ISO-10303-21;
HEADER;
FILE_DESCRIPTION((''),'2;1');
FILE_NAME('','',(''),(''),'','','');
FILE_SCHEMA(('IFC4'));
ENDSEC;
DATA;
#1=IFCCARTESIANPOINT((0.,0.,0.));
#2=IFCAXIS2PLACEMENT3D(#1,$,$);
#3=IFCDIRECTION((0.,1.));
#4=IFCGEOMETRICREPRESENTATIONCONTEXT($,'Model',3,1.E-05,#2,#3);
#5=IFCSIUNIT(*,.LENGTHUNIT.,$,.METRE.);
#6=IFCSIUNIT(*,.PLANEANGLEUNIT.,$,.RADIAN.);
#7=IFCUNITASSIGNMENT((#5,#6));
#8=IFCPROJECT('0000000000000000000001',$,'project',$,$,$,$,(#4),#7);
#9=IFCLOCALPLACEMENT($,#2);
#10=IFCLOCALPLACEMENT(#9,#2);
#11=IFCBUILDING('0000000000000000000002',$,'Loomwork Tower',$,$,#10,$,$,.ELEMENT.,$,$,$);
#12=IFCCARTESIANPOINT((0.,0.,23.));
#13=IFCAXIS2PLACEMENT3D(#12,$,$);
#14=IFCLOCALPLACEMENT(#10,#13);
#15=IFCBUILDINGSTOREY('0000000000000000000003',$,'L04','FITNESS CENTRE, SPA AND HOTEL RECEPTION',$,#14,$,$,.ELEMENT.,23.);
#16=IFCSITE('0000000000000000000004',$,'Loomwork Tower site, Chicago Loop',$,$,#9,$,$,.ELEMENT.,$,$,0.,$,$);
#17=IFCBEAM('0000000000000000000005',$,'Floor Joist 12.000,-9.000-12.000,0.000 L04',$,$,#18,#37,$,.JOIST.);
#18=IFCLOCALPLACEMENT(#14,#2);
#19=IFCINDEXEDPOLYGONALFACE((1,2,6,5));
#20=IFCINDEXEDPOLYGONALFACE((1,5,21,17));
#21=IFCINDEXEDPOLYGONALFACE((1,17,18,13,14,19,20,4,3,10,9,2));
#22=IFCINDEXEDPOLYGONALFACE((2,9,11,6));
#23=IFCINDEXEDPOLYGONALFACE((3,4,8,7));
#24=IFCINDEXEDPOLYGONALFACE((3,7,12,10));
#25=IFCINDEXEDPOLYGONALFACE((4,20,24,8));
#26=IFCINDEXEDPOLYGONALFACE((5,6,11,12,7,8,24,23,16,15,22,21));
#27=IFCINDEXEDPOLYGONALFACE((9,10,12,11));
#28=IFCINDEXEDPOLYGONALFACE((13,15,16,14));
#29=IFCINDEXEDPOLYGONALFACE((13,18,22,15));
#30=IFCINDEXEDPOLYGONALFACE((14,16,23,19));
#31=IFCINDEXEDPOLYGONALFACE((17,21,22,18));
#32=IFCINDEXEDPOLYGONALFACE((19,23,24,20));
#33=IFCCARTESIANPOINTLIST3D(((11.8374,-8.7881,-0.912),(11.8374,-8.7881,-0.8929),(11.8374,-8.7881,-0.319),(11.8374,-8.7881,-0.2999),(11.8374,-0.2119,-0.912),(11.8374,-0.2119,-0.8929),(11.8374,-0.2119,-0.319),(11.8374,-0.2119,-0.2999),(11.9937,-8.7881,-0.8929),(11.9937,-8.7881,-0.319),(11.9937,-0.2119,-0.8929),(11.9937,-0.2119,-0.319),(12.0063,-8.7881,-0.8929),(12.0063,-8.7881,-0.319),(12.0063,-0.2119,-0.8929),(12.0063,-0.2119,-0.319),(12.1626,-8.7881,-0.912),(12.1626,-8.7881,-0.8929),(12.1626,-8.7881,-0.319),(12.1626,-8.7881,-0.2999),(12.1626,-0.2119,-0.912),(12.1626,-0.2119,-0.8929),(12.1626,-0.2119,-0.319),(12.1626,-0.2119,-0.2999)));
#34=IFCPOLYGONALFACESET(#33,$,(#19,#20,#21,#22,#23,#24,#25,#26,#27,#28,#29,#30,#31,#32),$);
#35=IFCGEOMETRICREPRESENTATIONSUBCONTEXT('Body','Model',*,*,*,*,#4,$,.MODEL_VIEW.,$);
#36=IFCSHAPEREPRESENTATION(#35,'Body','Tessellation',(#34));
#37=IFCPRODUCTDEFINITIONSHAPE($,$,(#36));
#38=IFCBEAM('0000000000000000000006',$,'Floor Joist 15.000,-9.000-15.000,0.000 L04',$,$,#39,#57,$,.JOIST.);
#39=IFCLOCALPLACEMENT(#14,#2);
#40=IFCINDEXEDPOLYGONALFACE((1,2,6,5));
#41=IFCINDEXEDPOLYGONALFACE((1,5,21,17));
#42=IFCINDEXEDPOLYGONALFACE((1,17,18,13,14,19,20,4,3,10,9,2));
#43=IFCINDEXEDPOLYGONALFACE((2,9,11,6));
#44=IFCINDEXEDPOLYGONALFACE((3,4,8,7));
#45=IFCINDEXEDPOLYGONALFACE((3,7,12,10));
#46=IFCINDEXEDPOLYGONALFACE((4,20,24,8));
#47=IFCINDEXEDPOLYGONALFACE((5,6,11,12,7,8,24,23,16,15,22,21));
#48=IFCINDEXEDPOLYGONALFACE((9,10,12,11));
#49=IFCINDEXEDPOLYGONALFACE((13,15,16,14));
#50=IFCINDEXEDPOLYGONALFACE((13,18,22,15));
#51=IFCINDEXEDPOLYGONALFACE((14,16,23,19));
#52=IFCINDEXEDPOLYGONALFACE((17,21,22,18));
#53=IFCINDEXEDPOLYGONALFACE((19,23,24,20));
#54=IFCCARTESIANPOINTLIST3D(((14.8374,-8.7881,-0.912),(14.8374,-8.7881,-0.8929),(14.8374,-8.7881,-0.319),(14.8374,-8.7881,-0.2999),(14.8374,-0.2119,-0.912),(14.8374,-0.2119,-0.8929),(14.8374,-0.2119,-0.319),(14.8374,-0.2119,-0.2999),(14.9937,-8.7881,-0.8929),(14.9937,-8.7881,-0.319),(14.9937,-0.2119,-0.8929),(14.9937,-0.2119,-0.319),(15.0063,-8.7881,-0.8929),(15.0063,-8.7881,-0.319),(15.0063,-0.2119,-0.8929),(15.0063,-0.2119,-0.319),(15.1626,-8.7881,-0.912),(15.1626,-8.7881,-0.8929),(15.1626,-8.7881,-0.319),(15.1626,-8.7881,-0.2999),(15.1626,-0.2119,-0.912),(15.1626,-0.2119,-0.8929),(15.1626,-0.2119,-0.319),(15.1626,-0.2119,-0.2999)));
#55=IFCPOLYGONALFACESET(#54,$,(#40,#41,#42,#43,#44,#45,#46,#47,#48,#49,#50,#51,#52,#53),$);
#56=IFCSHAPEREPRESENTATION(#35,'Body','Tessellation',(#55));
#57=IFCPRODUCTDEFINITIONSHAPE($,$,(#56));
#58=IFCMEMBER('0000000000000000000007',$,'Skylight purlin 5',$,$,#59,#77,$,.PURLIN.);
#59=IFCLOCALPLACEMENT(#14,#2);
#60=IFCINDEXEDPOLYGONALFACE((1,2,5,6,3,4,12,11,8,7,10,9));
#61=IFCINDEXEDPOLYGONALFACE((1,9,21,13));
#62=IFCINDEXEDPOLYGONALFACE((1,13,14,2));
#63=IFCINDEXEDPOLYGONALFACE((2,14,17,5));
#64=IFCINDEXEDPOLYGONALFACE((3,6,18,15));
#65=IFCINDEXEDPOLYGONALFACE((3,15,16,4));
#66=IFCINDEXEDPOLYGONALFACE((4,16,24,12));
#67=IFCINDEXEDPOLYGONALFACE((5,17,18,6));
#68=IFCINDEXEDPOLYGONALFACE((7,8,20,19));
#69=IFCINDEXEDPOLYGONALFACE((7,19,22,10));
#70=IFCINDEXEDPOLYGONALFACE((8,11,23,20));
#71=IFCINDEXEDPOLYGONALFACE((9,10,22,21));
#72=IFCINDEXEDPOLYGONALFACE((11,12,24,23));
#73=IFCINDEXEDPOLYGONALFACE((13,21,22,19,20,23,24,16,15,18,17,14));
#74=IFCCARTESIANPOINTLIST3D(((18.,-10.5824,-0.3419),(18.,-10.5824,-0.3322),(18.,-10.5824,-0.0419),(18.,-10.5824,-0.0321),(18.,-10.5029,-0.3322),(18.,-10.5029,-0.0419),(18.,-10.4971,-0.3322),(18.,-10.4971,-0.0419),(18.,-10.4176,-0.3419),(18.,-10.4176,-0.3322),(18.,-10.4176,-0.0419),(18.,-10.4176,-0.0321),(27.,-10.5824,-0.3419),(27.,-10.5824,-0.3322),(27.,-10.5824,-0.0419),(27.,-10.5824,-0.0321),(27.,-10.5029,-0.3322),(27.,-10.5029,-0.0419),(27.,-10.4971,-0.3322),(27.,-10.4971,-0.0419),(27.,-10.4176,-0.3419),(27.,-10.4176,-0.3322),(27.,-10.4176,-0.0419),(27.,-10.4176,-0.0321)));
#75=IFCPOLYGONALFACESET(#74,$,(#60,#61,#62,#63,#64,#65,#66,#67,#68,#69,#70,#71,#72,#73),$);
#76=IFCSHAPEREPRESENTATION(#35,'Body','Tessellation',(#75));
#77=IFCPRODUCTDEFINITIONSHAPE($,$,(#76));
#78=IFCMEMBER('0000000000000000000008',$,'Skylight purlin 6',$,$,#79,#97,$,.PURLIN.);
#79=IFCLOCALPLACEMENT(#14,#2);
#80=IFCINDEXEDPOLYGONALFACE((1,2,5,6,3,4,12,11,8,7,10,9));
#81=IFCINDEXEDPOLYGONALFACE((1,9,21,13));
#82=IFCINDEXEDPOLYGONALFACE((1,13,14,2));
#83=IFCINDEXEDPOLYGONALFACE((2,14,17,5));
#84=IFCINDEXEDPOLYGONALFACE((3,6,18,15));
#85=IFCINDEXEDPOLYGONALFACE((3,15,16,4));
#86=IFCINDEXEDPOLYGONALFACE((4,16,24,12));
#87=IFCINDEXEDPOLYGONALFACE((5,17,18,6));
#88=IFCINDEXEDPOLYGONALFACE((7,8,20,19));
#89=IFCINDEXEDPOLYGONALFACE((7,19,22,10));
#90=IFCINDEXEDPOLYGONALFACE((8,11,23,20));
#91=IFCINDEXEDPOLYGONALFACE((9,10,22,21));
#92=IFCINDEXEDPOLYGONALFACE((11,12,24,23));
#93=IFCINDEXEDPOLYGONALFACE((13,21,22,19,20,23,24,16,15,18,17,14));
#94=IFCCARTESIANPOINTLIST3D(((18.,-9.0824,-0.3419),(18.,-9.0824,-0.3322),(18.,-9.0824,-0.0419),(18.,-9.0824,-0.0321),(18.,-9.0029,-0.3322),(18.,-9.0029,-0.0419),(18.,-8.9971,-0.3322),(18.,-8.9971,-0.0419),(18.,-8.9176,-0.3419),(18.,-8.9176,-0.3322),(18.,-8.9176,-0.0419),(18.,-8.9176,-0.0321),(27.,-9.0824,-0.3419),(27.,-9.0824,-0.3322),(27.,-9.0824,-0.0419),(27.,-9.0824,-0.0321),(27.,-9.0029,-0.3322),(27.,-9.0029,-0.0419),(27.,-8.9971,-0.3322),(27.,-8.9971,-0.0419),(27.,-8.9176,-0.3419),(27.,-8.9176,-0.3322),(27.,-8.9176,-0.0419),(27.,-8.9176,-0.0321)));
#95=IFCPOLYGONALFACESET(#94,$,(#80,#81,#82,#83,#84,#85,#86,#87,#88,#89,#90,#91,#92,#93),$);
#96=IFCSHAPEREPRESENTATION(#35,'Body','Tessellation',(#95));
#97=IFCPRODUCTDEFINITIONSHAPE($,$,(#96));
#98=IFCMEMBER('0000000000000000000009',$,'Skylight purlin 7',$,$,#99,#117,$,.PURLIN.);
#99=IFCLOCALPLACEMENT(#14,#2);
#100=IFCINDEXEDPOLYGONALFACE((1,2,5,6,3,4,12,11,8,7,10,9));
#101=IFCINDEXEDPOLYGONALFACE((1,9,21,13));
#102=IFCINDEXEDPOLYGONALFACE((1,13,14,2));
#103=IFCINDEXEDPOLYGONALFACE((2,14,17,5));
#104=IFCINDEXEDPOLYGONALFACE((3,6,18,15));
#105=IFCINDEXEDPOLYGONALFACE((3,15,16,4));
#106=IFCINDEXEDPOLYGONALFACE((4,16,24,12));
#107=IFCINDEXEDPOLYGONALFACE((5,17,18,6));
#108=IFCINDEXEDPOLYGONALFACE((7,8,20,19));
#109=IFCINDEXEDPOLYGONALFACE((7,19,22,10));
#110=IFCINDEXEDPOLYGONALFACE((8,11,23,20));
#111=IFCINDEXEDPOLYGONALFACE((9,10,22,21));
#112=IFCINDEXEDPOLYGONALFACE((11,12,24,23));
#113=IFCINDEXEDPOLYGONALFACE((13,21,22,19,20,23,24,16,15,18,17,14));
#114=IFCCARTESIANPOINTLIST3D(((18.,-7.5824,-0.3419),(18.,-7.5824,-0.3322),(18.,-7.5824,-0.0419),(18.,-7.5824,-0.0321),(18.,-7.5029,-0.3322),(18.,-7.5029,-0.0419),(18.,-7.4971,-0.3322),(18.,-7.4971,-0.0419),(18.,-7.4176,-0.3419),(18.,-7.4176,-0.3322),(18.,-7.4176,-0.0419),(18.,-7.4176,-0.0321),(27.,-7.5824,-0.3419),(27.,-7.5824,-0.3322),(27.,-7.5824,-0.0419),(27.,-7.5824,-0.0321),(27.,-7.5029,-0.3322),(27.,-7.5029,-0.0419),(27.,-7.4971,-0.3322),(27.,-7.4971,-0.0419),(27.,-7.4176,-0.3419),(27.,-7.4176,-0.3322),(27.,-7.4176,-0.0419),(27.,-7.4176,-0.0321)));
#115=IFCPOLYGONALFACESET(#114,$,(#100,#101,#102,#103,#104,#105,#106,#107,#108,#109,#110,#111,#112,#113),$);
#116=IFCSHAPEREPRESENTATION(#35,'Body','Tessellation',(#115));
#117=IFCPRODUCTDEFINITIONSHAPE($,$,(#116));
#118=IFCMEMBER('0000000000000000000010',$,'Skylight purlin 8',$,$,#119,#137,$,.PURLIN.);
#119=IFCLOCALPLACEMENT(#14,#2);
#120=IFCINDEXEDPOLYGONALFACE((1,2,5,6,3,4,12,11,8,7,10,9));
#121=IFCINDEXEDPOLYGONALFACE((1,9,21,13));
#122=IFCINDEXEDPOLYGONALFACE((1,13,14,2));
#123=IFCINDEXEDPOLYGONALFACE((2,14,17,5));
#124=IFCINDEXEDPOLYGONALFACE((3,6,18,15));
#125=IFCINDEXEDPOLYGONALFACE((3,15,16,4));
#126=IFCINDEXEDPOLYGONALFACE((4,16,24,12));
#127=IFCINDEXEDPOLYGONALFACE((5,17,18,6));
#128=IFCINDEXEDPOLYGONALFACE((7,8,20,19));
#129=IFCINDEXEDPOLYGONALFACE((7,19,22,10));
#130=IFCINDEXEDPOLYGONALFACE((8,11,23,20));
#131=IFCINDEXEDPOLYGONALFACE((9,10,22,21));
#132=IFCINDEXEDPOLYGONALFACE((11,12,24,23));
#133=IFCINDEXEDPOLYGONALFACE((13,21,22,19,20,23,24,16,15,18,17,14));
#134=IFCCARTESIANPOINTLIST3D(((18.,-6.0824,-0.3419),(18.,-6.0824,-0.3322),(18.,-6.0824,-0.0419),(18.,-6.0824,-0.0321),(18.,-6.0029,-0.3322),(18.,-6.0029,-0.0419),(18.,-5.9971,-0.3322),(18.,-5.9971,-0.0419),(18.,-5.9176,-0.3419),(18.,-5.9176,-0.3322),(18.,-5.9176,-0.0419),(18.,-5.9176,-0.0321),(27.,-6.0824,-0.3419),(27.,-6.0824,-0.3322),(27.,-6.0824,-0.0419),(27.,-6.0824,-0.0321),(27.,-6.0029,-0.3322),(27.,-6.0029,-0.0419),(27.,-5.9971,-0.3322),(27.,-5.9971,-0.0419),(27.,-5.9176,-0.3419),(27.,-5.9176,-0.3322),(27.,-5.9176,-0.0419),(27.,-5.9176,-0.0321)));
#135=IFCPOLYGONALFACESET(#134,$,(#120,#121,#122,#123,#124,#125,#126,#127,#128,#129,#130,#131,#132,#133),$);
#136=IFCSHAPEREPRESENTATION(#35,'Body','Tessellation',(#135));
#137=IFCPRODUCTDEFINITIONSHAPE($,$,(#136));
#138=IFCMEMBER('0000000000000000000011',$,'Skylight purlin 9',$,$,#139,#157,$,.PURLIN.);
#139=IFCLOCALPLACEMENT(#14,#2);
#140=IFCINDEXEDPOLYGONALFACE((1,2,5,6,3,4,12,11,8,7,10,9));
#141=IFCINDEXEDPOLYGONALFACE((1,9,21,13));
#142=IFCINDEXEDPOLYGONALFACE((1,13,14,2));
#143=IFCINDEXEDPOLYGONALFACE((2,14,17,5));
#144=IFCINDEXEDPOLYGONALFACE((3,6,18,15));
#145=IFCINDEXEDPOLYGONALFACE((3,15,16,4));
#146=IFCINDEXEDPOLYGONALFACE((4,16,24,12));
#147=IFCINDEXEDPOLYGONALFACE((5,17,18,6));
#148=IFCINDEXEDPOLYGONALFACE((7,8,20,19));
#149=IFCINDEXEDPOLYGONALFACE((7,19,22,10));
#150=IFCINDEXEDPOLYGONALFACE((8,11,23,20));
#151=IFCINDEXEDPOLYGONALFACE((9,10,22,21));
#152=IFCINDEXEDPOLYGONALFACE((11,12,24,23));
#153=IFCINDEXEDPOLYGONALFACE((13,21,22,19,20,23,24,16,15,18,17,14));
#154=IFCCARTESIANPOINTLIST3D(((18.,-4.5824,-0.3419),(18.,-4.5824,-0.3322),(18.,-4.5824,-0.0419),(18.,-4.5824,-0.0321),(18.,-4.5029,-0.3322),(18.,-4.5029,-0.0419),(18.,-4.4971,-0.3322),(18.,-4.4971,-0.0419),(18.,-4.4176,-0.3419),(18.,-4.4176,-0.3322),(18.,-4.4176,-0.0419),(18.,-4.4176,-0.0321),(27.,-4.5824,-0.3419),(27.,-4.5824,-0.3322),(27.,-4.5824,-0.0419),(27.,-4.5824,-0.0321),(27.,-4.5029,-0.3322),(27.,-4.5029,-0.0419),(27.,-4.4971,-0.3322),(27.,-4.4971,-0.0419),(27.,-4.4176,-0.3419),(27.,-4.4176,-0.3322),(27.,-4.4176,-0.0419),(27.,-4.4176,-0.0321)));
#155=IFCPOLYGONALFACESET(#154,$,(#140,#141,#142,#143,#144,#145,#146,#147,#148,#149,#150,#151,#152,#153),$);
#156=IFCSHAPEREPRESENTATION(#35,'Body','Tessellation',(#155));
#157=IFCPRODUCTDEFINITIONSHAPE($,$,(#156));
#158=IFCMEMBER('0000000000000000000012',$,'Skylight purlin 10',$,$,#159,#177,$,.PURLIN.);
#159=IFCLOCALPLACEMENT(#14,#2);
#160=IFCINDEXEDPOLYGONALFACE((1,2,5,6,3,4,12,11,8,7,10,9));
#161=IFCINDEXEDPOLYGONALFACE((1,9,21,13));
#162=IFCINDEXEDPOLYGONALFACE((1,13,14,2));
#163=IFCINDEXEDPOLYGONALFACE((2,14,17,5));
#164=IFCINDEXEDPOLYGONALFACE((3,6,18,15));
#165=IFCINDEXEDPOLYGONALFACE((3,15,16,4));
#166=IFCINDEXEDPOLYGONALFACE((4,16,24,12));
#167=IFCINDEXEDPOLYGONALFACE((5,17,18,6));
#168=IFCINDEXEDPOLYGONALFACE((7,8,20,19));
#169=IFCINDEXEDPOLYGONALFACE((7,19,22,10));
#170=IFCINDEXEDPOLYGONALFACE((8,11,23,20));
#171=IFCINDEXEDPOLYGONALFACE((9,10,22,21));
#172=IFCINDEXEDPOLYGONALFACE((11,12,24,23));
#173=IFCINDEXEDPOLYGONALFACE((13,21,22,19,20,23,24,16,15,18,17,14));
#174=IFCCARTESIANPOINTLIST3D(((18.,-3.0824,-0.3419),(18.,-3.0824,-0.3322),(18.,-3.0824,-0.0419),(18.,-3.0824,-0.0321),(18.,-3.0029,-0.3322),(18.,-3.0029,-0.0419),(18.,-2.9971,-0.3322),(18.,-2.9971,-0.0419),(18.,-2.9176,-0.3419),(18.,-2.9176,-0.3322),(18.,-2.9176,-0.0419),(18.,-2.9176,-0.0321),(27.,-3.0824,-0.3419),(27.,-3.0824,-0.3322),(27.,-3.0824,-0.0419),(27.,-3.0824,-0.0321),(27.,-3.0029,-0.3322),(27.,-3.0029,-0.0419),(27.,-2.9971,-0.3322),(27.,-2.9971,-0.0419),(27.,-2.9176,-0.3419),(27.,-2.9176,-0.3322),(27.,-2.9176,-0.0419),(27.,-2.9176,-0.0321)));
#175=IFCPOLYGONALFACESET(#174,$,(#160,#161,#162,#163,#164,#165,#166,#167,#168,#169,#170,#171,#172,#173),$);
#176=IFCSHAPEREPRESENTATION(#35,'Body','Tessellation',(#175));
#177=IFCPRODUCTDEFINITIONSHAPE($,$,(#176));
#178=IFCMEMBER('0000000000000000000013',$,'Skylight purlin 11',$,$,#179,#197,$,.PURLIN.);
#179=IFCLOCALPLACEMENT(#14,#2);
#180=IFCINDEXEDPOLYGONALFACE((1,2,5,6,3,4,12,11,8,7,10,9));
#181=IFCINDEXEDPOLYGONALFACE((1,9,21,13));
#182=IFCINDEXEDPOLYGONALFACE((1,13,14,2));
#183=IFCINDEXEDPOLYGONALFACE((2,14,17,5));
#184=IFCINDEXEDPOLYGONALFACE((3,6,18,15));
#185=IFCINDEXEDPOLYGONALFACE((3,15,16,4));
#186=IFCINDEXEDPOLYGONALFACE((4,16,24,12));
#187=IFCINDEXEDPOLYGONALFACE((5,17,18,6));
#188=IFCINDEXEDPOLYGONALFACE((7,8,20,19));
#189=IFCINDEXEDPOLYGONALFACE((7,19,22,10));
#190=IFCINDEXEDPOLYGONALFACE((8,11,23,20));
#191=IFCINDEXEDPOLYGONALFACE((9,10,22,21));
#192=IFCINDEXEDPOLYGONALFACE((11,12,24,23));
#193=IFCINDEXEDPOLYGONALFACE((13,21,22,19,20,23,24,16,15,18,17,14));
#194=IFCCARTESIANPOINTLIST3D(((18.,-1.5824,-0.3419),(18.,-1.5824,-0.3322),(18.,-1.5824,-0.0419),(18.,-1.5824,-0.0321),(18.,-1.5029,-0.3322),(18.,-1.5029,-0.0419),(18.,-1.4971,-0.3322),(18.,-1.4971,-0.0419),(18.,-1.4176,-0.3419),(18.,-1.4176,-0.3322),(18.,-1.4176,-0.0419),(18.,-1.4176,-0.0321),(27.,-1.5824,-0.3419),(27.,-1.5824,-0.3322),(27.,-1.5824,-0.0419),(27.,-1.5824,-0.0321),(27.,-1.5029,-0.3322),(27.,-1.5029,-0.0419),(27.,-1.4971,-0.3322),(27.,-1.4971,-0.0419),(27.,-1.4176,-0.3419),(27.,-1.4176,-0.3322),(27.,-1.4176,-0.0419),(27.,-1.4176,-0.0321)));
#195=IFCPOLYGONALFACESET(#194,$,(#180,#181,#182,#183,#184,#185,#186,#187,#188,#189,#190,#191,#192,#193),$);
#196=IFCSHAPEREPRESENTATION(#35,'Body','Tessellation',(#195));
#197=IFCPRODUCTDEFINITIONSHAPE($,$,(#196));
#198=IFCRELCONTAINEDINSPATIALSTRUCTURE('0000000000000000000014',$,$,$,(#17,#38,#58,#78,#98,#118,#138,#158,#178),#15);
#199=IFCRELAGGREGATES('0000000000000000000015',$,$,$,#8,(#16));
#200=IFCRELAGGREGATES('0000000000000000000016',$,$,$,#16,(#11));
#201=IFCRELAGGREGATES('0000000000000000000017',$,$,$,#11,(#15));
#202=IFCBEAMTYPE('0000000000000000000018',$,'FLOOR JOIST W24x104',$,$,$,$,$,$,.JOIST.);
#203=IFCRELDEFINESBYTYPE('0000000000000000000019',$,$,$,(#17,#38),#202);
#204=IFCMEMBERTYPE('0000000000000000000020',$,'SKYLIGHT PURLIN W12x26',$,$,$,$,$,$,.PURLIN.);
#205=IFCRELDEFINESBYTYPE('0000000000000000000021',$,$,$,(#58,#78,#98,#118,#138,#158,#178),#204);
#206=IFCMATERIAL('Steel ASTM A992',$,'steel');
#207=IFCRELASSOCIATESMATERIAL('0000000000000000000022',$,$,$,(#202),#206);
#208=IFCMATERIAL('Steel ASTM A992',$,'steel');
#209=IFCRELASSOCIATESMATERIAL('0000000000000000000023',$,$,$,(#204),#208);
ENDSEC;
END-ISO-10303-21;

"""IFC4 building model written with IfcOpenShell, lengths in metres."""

from ifc_helpers import new_model, si_unit, direction, frame, origin, origin_2d, place, context, subcontext, project, spatial, i_section, extrude, material, material_profile, profile_set, type_object, element, save


model = new_model("IFC4")

# Units and contexts
model_context = context("Model", 3, precision=1e-05, world=origin(), true_north=direction((0.0, 1.0)))
body_context = subcontext(model_context, "Body", "Model", "MODEL_VIEW")
ifc_project = project(units=[si_unit("LENGTHUNIT", "METRE"), si_unit("PLANEANGLEUNIT", "RADIAN")], contexts=[model_context])

# Site, building, storey
site_placement = place(None, origin())
site = spatial("IfcSite", under=ifc_project, at=site_placement, Name="Loomwork Tower site, Chicago Loop", CompositionType="ELEMENT", RefElevation=0.0)
building_placement = place(site_placement, origin())
building = spatial("IfcBuilding", under=site, at=building_placement, Name="Loomwork Tower", CompositionType="ELEMENT")
storey_placement = place(building_placement, frame((0.0, 0.0, 23.0)))
storey = spatial("IfcBuildingStorey", under=building, at=storey_placement, Name="L04", Description="FITNESS CENTRE, SPA AND HOTEL RECEPTION", CompositionType="ELEMENT", Elevation=23.0)

# Beams
ifc_material_1 = material(Name="Steel ASTM A992", Category="steel")
ifc_material_profile_1 = material_profile(ifc_material_1, i_section(OverallWidth=0.3252, OverallDepth=0.6121, WebThickness=0.0127, FlangeThickness=0.019, at=origin_2d()), Name="W24x104")
ifc_profile_set_1 = profile_set([ifc_material_profile_1], Name="Steel ASTM A992")
beam_type_1 = type_object("IfcBeamType", Name="FLOOR JOIST W24x104", PredefinedType="JOIST", material=ifc_profile_set_1)
for number, where, z_axis, x_axis, name in (
    (1, (12.0, -8.7881, -0.606), (0.0, 1.0, 0.0), (-1.0, 0.0, 0.0), "Floor Joist 12.000,-9.000-12.000,0.000 L04"),
    (2, (15.0, -8.7881, -0.606), (0.0, 1.0, 0.0), (-1.0, 0.0, 0.0), "Floor Joist 15.000,-9.000-15.000,0.000 L04"),
):
    element("IfcBeam", number, at=place(storey_placement, frame(where, z_axis=z_axis, x_axis=x_axis)), inside=storey, type_object=beam_type_1, Name=name, PredefinedType="JOIST", context=body_context, shape_type="SweptSolid", body=[
        extrude(i_section(OverallWidth=0.3252, OverallDepth=0.6121, WebThickness=0.0127, FlangeThickness=0.019, at=origin_2d()), origin(), (0.0, 0.0, 1.0), 8.5762),
    ])

# Members
ifc_material_2 = material(Name="Steel ASTM A992", Category="steel")
ifc_material_profile_2 = material_profile(ifc_material_2, i_section(OverallWidth=0.1648, OverallDepth=0.3098, WebThickness=0.0059, FlangeThickness=0.0098, at=origin_2d()), Name="W12x26")
ifc_profile_set_2 = profile_set([ifc_material_profile_2], Name="Steel ASTM A992")
member_type = type_object("IfcMemberType", Name="SKYLIGHT PURLIN W12x26", PredefinedType="PURLIN", material=ifc_profile_set_2)
for number, where, z_axis, x_axis, name in (
    (3, (18.0, -10.5, -0.187), (1.0, 0.0, 0.0), (0.0, 1.0, 0.0), "Skylight purlin 5"),
    (4, (18.0, -9.0, -0.187), (1.0, 0.0, 0.0), (0.0, 1.0, 0.0), "Skylight purlin 6"),
    (5, (18.0, -7.5, -0.187), (1.0, 0.0, 0.0), (0.0, 1.0, 0.0), "Skylight purlin 7"),
    (6, (18.0, -6.0, -0.187), (1.0, 0.0, 0.0), (0.0, 1.0, 0.0), "Skylight purlin 8"),
    (7, (18.0, -4.5, -0.187), (1.0, 0.0, 0.0), (0.0, 1.0, 0.0), "Skylight purlin 9"),
    (8, (18.0, -3.0, -0.187), (1.0, 0.0, 0.0), (0.0, 1.0, 0.0), "Skylight purlin 10"),
    (9, (18.0, -1.5, -0.187), (1.0, 0.0, 0.0), (0.0, 1.0, 0.0), "Skylight purlin 11"),
):
    element("IfcMember", number, at=place(storey_placement, frame(where, z_axis=z_axis, x_axis=x_axis)), inside=storey, type_object=member_type, Name=name, PredefinedType="PURLIN", context=body_context, shape_type="SweptSolid", body=[
        extrude(i_section(OverallWidth=0.1648, OverallDepth=0.3098, WebThickness=0.0059, FlangeThickness=0.0098, at=origin_2d()), origin(), (0.0, 0.0, 1.0), 9.0),
    ])

save(model, "model.ifc")
